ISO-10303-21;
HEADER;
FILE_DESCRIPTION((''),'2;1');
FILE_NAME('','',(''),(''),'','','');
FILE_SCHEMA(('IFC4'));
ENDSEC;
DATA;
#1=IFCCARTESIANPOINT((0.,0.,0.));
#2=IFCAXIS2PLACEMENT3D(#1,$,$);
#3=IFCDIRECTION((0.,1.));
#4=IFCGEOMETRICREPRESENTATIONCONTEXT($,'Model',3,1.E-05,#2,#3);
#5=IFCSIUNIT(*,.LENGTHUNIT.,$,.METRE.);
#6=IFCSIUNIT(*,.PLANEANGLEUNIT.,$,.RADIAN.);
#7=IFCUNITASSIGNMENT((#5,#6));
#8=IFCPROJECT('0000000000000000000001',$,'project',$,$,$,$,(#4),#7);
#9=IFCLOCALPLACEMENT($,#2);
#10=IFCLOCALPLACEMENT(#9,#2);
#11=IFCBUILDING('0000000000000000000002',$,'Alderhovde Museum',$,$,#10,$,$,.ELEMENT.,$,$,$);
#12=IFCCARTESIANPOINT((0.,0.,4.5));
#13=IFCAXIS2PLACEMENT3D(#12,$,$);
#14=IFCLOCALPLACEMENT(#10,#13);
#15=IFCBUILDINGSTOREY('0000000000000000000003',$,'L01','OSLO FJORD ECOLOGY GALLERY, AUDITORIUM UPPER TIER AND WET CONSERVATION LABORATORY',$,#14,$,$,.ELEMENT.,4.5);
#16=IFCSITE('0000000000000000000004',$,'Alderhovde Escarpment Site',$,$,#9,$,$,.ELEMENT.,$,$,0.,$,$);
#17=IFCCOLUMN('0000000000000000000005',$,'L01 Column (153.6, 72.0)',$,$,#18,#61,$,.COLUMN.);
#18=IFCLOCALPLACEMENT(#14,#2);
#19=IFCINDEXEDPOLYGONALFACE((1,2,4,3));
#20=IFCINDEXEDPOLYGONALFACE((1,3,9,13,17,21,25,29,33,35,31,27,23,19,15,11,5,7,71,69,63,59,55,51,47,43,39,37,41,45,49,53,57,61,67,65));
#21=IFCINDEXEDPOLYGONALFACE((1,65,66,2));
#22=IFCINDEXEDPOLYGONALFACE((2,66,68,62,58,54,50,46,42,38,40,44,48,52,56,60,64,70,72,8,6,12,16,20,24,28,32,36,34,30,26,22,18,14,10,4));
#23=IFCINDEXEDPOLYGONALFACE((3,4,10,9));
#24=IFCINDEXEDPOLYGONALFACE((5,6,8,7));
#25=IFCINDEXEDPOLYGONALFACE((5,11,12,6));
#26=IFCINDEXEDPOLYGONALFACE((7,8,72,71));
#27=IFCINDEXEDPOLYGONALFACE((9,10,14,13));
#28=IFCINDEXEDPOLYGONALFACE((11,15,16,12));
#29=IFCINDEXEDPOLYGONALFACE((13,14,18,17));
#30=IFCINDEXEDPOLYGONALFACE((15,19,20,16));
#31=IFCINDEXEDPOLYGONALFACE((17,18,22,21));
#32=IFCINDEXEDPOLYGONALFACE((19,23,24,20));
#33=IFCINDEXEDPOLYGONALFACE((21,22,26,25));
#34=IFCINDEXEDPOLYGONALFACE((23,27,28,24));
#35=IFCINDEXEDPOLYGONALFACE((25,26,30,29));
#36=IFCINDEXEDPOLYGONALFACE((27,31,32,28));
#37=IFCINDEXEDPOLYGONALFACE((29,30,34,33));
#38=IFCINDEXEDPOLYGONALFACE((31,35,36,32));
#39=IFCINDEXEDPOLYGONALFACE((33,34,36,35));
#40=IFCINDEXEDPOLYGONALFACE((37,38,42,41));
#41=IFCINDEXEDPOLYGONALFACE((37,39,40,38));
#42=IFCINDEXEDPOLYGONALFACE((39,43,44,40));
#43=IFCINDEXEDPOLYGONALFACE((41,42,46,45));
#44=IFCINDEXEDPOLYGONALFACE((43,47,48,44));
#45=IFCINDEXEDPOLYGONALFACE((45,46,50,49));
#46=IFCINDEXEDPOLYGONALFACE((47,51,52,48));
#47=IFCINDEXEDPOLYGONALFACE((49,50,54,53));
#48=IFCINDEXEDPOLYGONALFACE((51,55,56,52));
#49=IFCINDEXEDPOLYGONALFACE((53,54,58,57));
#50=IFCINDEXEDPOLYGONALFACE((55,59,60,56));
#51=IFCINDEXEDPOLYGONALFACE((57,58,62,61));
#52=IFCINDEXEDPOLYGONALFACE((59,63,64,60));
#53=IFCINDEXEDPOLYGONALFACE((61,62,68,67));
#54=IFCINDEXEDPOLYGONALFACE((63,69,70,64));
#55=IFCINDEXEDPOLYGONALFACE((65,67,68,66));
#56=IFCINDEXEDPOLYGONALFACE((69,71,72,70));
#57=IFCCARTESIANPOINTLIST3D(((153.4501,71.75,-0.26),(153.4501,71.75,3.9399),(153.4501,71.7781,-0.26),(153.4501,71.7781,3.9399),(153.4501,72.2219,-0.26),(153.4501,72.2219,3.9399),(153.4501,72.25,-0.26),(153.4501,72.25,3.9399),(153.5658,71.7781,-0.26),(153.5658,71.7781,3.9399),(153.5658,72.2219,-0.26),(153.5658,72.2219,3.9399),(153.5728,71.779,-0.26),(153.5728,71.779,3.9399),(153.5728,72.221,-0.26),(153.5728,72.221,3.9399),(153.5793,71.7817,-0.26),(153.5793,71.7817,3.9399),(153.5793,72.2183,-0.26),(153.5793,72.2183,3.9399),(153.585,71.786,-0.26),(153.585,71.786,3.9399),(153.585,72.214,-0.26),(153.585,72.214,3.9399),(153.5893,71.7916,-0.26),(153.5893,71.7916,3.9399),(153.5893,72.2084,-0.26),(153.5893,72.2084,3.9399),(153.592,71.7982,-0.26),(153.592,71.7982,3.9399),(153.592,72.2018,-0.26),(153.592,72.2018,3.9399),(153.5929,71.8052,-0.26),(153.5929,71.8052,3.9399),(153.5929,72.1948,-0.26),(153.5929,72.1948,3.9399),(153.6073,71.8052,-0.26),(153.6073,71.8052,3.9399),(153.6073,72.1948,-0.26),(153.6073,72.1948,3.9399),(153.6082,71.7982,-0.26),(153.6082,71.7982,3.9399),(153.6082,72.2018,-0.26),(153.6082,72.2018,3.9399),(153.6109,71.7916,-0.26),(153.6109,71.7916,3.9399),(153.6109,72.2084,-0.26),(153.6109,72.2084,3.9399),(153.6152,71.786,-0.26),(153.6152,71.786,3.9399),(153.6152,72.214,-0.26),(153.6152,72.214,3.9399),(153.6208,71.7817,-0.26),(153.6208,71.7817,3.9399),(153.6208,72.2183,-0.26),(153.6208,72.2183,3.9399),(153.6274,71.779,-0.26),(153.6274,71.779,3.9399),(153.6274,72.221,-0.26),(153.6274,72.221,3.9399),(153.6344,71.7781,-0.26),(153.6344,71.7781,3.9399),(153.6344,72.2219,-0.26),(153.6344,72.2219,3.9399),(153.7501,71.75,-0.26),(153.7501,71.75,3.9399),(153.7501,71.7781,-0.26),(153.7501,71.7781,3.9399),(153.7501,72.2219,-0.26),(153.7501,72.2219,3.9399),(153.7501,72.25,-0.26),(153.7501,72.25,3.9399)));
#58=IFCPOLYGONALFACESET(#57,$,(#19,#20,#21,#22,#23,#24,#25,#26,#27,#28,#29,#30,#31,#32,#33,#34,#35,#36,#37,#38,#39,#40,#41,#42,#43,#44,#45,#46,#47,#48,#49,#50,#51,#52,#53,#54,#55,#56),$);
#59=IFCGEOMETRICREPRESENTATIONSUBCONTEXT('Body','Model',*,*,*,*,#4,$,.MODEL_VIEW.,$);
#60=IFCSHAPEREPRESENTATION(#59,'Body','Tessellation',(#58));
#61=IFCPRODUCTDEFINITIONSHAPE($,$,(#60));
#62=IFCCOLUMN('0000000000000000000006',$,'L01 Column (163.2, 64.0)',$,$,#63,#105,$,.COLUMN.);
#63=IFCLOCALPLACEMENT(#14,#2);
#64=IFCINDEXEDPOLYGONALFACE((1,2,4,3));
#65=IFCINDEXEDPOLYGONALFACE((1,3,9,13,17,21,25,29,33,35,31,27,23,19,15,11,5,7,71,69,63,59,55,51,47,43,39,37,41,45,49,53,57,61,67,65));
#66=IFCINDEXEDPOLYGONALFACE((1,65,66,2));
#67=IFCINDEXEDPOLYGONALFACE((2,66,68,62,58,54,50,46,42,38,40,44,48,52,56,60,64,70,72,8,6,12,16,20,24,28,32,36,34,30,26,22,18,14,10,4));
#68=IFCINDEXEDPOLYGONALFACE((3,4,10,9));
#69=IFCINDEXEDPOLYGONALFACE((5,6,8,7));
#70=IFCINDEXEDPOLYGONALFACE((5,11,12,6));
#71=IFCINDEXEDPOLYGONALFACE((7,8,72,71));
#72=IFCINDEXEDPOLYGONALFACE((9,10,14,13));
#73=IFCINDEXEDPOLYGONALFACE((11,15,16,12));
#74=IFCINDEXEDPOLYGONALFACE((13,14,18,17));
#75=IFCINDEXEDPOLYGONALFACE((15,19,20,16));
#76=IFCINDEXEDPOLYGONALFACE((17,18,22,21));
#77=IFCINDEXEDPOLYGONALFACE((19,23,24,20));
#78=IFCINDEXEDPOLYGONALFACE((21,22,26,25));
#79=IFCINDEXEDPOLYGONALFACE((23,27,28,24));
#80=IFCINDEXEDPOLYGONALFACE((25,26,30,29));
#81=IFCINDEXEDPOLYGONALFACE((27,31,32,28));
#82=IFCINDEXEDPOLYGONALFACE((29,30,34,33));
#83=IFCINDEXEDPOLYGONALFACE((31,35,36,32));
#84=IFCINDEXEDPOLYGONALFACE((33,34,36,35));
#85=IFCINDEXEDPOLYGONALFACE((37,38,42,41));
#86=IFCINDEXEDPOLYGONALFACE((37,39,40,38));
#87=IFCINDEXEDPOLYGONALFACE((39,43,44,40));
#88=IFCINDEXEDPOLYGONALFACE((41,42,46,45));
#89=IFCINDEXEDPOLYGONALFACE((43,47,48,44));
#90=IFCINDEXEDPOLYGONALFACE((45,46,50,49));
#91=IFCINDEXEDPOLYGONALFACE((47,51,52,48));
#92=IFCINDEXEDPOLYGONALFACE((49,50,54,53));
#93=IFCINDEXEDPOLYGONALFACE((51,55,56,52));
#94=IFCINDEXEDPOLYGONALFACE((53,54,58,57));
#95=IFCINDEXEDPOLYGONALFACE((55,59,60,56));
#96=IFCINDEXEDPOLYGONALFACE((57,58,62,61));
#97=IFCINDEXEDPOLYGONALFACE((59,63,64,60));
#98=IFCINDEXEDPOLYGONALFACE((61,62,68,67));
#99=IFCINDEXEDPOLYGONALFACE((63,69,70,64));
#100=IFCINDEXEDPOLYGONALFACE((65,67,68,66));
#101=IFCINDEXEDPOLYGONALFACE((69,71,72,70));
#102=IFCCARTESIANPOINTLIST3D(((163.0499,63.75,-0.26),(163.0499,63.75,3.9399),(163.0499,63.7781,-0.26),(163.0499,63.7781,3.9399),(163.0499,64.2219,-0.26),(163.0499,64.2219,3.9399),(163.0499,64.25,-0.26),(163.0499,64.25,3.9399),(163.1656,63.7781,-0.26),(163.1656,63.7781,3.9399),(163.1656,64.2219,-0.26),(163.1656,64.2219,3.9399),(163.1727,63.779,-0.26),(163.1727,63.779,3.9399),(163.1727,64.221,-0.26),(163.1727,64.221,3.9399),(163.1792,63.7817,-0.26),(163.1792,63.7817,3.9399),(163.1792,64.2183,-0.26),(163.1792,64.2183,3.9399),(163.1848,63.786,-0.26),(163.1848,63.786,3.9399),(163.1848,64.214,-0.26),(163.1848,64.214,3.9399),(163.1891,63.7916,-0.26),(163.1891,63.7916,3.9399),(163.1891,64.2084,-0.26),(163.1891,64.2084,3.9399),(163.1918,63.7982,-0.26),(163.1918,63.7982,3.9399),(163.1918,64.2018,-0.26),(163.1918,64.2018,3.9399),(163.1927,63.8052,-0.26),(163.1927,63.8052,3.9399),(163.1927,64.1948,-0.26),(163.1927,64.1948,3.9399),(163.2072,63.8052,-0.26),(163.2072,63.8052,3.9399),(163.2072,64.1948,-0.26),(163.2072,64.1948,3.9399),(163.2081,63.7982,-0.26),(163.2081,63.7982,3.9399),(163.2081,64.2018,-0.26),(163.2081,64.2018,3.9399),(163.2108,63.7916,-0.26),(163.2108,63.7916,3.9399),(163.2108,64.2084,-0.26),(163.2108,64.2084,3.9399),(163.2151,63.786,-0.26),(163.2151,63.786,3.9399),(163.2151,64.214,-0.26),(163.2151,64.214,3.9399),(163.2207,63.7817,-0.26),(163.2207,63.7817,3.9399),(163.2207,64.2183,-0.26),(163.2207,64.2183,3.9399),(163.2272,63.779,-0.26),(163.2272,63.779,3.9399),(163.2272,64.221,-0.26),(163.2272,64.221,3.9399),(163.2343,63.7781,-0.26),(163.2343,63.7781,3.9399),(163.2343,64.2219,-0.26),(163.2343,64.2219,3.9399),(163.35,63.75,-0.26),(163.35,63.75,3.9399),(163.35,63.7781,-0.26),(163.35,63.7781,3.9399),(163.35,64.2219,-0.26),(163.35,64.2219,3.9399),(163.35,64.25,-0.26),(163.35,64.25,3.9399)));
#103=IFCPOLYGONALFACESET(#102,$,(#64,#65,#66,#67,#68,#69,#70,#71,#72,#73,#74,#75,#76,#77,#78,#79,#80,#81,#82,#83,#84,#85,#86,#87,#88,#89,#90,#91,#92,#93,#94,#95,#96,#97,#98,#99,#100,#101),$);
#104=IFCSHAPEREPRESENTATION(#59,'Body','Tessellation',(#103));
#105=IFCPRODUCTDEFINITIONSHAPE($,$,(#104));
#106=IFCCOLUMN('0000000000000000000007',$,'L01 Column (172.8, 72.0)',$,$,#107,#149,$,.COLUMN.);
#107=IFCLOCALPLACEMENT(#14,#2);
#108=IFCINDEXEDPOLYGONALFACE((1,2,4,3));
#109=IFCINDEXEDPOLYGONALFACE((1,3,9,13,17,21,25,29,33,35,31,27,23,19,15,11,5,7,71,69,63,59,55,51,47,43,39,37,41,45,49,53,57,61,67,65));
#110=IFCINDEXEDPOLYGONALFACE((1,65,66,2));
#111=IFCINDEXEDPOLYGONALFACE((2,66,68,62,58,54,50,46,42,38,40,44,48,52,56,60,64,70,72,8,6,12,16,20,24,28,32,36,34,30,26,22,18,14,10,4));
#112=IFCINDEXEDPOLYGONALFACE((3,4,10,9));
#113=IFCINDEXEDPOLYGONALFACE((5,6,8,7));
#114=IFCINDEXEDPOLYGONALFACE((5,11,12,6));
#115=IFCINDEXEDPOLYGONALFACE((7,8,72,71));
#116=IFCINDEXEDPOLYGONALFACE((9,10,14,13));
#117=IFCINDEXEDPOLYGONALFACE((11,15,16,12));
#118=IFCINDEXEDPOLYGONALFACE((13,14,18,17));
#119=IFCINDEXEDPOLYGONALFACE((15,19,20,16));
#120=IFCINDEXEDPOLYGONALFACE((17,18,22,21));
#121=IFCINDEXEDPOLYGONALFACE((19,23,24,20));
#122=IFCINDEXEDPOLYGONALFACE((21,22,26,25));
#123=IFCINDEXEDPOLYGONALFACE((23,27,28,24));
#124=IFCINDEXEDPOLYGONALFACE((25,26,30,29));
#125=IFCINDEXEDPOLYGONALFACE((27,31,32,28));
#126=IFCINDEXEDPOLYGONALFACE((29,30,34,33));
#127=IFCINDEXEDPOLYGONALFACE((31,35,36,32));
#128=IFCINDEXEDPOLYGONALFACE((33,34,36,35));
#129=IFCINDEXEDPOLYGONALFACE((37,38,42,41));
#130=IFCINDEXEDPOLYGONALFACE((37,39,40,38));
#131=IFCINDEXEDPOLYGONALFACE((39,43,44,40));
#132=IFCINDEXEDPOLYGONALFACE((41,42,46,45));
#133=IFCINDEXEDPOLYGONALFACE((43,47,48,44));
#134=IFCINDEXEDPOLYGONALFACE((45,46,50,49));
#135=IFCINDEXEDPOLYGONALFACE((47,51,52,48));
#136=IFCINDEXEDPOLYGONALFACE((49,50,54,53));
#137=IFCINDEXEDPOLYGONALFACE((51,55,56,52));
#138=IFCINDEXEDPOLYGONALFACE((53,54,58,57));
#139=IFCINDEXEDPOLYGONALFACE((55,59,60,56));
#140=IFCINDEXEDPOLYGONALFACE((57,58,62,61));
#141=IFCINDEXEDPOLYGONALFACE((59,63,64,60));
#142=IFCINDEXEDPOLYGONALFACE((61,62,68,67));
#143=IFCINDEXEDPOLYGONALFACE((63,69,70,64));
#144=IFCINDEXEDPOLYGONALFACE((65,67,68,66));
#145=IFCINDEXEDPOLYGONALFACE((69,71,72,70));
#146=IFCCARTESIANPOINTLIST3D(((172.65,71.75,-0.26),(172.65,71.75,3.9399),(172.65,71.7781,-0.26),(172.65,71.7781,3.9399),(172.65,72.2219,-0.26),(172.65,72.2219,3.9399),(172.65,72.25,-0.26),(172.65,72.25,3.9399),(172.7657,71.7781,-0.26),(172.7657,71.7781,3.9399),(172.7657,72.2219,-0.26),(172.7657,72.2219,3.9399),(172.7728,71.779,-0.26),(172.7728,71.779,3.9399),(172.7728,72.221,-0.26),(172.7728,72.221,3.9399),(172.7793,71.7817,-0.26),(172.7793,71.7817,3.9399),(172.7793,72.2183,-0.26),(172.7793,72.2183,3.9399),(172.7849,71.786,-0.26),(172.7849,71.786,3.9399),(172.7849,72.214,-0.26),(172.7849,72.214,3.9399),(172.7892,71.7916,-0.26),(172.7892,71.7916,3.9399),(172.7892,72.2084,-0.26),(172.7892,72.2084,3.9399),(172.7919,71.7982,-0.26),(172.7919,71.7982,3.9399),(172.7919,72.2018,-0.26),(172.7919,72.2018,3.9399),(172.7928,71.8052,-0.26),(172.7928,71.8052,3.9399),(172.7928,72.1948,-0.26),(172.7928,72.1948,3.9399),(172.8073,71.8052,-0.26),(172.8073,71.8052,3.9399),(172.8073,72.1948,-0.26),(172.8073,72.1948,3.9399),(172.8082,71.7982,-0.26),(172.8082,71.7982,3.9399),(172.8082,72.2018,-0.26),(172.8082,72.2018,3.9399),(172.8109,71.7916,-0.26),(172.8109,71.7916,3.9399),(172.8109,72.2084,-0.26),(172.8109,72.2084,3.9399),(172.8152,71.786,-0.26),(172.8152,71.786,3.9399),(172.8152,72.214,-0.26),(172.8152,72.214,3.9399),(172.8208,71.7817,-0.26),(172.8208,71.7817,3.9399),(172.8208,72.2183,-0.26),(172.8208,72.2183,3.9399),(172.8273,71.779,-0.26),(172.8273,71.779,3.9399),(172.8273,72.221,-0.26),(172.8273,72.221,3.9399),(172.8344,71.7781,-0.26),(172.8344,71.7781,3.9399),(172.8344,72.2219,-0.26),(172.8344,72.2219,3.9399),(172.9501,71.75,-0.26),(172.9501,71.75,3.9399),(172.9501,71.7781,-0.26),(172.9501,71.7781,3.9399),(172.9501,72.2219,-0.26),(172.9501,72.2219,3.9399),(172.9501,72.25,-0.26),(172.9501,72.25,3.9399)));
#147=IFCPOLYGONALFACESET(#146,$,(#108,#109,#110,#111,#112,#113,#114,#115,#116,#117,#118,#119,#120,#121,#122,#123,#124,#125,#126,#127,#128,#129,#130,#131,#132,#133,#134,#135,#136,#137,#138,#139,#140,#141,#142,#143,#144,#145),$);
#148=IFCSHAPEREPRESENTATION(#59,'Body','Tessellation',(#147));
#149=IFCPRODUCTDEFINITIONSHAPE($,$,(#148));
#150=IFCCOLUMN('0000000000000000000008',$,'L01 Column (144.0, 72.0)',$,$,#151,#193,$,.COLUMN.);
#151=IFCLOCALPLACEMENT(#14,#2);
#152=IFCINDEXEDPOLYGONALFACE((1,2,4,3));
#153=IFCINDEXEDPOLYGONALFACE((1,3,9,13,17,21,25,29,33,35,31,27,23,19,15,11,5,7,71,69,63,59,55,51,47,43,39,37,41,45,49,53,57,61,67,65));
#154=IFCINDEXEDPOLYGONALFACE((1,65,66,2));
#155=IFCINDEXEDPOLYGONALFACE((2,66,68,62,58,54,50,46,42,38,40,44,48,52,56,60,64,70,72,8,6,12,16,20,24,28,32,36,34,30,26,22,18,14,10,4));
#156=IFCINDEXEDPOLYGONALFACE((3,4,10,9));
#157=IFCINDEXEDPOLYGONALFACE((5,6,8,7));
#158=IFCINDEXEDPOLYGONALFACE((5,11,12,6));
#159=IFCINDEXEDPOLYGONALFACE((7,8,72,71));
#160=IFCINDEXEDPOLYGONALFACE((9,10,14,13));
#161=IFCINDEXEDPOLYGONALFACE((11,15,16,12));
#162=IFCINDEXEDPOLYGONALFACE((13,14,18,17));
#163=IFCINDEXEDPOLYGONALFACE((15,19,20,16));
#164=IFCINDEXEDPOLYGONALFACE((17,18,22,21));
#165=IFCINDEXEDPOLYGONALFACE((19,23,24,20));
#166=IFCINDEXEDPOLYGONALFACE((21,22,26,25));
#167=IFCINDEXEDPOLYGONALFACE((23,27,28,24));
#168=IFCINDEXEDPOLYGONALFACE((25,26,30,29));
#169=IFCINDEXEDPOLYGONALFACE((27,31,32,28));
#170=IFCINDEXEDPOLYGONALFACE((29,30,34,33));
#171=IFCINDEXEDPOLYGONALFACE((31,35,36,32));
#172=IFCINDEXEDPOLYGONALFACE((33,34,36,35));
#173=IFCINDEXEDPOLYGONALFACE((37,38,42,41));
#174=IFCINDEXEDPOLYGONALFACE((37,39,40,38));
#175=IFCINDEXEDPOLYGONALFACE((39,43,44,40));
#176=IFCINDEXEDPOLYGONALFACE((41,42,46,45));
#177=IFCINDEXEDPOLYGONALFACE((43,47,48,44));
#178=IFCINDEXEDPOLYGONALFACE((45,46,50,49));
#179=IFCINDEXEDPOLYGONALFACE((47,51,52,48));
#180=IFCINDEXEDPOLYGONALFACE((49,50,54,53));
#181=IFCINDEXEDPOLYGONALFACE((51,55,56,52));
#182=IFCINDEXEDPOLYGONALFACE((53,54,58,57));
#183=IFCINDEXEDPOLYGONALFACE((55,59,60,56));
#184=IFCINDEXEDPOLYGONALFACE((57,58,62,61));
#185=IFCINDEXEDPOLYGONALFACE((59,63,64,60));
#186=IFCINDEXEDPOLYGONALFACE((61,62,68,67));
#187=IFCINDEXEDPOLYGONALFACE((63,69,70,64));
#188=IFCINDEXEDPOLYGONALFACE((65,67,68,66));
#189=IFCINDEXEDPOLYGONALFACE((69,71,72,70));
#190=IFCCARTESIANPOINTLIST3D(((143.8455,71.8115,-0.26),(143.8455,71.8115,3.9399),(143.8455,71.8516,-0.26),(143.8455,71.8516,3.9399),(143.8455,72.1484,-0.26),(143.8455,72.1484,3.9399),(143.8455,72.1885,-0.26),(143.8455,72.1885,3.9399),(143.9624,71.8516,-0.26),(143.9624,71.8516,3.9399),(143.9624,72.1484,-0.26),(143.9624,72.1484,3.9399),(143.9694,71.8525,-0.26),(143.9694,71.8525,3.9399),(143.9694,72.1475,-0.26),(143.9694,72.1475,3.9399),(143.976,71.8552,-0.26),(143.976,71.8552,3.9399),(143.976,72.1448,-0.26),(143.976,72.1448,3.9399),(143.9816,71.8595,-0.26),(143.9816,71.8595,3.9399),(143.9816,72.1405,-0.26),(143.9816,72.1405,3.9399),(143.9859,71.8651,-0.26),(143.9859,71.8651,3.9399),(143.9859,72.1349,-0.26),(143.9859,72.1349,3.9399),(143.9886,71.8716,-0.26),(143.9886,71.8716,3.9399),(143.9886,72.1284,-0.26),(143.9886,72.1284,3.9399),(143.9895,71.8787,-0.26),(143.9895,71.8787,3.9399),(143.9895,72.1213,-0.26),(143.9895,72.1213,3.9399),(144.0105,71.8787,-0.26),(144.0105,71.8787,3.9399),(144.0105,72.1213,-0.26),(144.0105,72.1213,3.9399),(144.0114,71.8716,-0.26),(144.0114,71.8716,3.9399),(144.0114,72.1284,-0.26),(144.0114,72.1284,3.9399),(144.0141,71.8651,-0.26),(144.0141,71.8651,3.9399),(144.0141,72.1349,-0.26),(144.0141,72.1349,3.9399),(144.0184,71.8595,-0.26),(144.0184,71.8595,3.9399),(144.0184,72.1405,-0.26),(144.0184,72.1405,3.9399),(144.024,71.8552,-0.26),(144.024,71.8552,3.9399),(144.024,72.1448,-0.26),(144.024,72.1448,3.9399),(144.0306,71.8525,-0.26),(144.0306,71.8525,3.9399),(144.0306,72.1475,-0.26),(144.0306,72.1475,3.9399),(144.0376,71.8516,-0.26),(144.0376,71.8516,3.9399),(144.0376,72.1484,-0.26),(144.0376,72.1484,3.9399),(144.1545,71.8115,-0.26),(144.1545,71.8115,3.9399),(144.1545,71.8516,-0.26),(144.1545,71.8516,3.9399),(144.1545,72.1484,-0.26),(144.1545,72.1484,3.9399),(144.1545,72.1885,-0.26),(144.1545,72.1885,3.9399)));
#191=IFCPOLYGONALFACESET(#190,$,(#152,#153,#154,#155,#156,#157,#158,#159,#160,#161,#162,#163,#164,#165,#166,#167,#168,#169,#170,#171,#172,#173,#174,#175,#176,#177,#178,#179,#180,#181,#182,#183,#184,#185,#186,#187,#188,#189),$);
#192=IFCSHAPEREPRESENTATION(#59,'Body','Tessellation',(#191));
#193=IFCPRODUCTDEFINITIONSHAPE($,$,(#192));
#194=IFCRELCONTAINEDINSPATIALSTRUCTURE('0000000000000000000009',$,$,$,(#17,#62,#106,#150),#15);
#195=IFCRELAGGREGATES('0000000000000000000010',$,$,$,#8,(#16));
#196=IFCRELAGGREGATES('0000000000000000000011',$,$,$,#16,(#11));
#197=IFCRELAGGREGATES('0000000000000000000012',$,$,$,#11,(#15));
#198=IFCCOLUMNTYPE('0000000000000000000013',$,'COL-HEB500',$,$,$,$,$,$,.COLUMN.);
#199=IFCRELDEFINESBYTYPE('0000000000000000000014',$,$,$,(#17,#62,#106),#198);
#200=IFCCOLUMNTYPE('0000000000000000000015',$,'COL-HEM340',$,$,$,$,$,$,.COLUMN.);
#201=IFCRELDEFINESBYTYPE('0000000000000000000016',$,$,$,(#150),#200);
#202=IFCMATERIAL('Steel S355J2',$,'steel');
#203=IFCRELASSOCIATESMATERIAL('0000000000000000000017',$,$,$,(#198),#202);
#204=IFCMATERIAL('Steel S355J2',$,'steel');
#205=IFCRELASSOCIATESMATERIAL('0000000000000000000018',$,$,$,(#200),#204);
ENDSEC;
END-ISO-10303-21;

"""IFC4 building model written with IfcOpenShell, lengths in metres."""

from ifc_helpers import new_model, si_unit, direction, frame, origin, origin_2d, place, context, subcontext, project, spatial, i_section, extrude, material, material_profile, profile_set, type_object, element, save


model = new_model("IFC4")

# Units and contexts
model_context = context("Model", 3, precision=1e-05, world=origin(), true_north=direction((0.0, 1.0)))
body_context = subcontext(model_context, "Body", "Model", "MODEL_VIEW")
ifc_project = project(units=[si_unit("LENGTHUNIT", "METRE"), si_unit("PLANEANGLEUNIT", "RADIAN")], contexts=[model_context])

# Site, building, storey
site_placement = place(None, origin())
site = spatial("IfcSite", under=ifc_project, at=site_placement, Name="Alderhovde Escarpment Site", CompositionType="ELEMENT", RefElevation=0.0)
building_placement = place(site_placement, origin())
building = spatial("IfcBuilding", under=site, at=building_placement, Name="Alderhovde Museum", CompositionType="ELEMENT")
storey_placement = place(building_placement, frame((0.0, 0.0, 4.5)))
storey = spatial("IfcBuildingStorey", under=building, at=storey_placement, Name="L01", Description="OSLO FJORD ECOLOGY GALLERY, AUDITORIUM UPPER TIER AND WET CONSERVATION LABORATORY", CompositionType="ELEMENT", Elevation=4.5)

# Columns
ifc_material_1 = material(Name="Steel S355J2", Category="steel")
ifc_material_profile_1 = material_profile(ifc_material_1, i_section(OverallWidth=0.3, OverallDepth=0.5, WebThickness=0.0144, FlangeThickness=0.0281, FilletRadius=0.0271, at=origin_2d()), Name="HEB 500")
ifc_profile_set_1 = profile_set([ifc_material_profile_1], Name="Steel S355J2")
column_type_1 = type_object("IfcColumnType", Name="COL-HEB500", PredefinedType="COLUMN", material=ifc_profile_set_1)
for number, where, z_axis, x_axis, name in (
    (1, (153.6001, 72.0, -0.26), (0.0, 0.0, 1.0), (1.0, 0.0, 0.0), "L01 Column (153.6, 72.0)"),
    (2, (163.2, 64.0, -0.26), (0.0, 0.0, 1.0), (1.0, 0.0, 0.0), "L01 Column (163.2, 64.0)"),
    (3, (172.8, 72.0, -0.26), (0.0, 0.0, 1.0), (1.0, 0.0, 0.0), "L01 Column (172.8, 72.0)"),
):
    element("IfcColumn", number, at=place(storey_placement, frame(where, z_axis=z_axis, x_axis=x_axis)), inside=storey, type_object=column_type_1, Name=name, PredefinedType="COLUMN", context=body_context, shape_type="SweptSolid", body=[
        extrude(i_section(OverallWidth=0.3, OverallDepth=0.5, WebThickness=0.0144, FlangeThickness=0.0281, FilletRadius=0.0271, at=origin_2d()), origin(), (0.0, 0.0, 1.0), 4.2),
    ])
ifc_material_2 = material(Name="Steel S355J2", Category="steel")
ifc_material_profile_2 = material_profile(ifc_material_2, i_section(OverallWidth=0.3091, OverallDepth=0.377, WebThickness=0.021, FlangeThickness=0.04, FilletRadius=0.0271, at=origin_2d()), Name="HEM 340")
ifc_profile_set_2 = profile_set([ifc_material_profile_2], Name="Steel S355J2")
column_type_2 = type_object("IfcColumnType", Name="COL-HEM340", PredefinedType="COLUMN", material=ifc_profile_set_2)
for number, where, z_axis, x_axis, name in (
    (4, (144.0, 72.0, -0.26), (0.0, 0.0, 1.0), (1.0, 0.0, 0.0), "L01 Column (144.0, 72.0)"),
):
    element("IfcColumn", number, at=place(storey_placement, frame(where, z_axis=z_axis, x_axis=x_axis)), inside=storey, type_object=column_type_2, Name=name, PredefinedType="COLUMN", context=body_context, shape_type="SweptSolid", body=[
        extrude(i_section(OverallWidth=0.3091, OverallDepth=0.377, WebThickness=0.021, FlangeThickness=0.04, FilletRadius=0.0271, at=origin_2d()), origin(), (0.0, 0.0, 1.0), 4.2),
    ])

save(model, "model.ifc")
